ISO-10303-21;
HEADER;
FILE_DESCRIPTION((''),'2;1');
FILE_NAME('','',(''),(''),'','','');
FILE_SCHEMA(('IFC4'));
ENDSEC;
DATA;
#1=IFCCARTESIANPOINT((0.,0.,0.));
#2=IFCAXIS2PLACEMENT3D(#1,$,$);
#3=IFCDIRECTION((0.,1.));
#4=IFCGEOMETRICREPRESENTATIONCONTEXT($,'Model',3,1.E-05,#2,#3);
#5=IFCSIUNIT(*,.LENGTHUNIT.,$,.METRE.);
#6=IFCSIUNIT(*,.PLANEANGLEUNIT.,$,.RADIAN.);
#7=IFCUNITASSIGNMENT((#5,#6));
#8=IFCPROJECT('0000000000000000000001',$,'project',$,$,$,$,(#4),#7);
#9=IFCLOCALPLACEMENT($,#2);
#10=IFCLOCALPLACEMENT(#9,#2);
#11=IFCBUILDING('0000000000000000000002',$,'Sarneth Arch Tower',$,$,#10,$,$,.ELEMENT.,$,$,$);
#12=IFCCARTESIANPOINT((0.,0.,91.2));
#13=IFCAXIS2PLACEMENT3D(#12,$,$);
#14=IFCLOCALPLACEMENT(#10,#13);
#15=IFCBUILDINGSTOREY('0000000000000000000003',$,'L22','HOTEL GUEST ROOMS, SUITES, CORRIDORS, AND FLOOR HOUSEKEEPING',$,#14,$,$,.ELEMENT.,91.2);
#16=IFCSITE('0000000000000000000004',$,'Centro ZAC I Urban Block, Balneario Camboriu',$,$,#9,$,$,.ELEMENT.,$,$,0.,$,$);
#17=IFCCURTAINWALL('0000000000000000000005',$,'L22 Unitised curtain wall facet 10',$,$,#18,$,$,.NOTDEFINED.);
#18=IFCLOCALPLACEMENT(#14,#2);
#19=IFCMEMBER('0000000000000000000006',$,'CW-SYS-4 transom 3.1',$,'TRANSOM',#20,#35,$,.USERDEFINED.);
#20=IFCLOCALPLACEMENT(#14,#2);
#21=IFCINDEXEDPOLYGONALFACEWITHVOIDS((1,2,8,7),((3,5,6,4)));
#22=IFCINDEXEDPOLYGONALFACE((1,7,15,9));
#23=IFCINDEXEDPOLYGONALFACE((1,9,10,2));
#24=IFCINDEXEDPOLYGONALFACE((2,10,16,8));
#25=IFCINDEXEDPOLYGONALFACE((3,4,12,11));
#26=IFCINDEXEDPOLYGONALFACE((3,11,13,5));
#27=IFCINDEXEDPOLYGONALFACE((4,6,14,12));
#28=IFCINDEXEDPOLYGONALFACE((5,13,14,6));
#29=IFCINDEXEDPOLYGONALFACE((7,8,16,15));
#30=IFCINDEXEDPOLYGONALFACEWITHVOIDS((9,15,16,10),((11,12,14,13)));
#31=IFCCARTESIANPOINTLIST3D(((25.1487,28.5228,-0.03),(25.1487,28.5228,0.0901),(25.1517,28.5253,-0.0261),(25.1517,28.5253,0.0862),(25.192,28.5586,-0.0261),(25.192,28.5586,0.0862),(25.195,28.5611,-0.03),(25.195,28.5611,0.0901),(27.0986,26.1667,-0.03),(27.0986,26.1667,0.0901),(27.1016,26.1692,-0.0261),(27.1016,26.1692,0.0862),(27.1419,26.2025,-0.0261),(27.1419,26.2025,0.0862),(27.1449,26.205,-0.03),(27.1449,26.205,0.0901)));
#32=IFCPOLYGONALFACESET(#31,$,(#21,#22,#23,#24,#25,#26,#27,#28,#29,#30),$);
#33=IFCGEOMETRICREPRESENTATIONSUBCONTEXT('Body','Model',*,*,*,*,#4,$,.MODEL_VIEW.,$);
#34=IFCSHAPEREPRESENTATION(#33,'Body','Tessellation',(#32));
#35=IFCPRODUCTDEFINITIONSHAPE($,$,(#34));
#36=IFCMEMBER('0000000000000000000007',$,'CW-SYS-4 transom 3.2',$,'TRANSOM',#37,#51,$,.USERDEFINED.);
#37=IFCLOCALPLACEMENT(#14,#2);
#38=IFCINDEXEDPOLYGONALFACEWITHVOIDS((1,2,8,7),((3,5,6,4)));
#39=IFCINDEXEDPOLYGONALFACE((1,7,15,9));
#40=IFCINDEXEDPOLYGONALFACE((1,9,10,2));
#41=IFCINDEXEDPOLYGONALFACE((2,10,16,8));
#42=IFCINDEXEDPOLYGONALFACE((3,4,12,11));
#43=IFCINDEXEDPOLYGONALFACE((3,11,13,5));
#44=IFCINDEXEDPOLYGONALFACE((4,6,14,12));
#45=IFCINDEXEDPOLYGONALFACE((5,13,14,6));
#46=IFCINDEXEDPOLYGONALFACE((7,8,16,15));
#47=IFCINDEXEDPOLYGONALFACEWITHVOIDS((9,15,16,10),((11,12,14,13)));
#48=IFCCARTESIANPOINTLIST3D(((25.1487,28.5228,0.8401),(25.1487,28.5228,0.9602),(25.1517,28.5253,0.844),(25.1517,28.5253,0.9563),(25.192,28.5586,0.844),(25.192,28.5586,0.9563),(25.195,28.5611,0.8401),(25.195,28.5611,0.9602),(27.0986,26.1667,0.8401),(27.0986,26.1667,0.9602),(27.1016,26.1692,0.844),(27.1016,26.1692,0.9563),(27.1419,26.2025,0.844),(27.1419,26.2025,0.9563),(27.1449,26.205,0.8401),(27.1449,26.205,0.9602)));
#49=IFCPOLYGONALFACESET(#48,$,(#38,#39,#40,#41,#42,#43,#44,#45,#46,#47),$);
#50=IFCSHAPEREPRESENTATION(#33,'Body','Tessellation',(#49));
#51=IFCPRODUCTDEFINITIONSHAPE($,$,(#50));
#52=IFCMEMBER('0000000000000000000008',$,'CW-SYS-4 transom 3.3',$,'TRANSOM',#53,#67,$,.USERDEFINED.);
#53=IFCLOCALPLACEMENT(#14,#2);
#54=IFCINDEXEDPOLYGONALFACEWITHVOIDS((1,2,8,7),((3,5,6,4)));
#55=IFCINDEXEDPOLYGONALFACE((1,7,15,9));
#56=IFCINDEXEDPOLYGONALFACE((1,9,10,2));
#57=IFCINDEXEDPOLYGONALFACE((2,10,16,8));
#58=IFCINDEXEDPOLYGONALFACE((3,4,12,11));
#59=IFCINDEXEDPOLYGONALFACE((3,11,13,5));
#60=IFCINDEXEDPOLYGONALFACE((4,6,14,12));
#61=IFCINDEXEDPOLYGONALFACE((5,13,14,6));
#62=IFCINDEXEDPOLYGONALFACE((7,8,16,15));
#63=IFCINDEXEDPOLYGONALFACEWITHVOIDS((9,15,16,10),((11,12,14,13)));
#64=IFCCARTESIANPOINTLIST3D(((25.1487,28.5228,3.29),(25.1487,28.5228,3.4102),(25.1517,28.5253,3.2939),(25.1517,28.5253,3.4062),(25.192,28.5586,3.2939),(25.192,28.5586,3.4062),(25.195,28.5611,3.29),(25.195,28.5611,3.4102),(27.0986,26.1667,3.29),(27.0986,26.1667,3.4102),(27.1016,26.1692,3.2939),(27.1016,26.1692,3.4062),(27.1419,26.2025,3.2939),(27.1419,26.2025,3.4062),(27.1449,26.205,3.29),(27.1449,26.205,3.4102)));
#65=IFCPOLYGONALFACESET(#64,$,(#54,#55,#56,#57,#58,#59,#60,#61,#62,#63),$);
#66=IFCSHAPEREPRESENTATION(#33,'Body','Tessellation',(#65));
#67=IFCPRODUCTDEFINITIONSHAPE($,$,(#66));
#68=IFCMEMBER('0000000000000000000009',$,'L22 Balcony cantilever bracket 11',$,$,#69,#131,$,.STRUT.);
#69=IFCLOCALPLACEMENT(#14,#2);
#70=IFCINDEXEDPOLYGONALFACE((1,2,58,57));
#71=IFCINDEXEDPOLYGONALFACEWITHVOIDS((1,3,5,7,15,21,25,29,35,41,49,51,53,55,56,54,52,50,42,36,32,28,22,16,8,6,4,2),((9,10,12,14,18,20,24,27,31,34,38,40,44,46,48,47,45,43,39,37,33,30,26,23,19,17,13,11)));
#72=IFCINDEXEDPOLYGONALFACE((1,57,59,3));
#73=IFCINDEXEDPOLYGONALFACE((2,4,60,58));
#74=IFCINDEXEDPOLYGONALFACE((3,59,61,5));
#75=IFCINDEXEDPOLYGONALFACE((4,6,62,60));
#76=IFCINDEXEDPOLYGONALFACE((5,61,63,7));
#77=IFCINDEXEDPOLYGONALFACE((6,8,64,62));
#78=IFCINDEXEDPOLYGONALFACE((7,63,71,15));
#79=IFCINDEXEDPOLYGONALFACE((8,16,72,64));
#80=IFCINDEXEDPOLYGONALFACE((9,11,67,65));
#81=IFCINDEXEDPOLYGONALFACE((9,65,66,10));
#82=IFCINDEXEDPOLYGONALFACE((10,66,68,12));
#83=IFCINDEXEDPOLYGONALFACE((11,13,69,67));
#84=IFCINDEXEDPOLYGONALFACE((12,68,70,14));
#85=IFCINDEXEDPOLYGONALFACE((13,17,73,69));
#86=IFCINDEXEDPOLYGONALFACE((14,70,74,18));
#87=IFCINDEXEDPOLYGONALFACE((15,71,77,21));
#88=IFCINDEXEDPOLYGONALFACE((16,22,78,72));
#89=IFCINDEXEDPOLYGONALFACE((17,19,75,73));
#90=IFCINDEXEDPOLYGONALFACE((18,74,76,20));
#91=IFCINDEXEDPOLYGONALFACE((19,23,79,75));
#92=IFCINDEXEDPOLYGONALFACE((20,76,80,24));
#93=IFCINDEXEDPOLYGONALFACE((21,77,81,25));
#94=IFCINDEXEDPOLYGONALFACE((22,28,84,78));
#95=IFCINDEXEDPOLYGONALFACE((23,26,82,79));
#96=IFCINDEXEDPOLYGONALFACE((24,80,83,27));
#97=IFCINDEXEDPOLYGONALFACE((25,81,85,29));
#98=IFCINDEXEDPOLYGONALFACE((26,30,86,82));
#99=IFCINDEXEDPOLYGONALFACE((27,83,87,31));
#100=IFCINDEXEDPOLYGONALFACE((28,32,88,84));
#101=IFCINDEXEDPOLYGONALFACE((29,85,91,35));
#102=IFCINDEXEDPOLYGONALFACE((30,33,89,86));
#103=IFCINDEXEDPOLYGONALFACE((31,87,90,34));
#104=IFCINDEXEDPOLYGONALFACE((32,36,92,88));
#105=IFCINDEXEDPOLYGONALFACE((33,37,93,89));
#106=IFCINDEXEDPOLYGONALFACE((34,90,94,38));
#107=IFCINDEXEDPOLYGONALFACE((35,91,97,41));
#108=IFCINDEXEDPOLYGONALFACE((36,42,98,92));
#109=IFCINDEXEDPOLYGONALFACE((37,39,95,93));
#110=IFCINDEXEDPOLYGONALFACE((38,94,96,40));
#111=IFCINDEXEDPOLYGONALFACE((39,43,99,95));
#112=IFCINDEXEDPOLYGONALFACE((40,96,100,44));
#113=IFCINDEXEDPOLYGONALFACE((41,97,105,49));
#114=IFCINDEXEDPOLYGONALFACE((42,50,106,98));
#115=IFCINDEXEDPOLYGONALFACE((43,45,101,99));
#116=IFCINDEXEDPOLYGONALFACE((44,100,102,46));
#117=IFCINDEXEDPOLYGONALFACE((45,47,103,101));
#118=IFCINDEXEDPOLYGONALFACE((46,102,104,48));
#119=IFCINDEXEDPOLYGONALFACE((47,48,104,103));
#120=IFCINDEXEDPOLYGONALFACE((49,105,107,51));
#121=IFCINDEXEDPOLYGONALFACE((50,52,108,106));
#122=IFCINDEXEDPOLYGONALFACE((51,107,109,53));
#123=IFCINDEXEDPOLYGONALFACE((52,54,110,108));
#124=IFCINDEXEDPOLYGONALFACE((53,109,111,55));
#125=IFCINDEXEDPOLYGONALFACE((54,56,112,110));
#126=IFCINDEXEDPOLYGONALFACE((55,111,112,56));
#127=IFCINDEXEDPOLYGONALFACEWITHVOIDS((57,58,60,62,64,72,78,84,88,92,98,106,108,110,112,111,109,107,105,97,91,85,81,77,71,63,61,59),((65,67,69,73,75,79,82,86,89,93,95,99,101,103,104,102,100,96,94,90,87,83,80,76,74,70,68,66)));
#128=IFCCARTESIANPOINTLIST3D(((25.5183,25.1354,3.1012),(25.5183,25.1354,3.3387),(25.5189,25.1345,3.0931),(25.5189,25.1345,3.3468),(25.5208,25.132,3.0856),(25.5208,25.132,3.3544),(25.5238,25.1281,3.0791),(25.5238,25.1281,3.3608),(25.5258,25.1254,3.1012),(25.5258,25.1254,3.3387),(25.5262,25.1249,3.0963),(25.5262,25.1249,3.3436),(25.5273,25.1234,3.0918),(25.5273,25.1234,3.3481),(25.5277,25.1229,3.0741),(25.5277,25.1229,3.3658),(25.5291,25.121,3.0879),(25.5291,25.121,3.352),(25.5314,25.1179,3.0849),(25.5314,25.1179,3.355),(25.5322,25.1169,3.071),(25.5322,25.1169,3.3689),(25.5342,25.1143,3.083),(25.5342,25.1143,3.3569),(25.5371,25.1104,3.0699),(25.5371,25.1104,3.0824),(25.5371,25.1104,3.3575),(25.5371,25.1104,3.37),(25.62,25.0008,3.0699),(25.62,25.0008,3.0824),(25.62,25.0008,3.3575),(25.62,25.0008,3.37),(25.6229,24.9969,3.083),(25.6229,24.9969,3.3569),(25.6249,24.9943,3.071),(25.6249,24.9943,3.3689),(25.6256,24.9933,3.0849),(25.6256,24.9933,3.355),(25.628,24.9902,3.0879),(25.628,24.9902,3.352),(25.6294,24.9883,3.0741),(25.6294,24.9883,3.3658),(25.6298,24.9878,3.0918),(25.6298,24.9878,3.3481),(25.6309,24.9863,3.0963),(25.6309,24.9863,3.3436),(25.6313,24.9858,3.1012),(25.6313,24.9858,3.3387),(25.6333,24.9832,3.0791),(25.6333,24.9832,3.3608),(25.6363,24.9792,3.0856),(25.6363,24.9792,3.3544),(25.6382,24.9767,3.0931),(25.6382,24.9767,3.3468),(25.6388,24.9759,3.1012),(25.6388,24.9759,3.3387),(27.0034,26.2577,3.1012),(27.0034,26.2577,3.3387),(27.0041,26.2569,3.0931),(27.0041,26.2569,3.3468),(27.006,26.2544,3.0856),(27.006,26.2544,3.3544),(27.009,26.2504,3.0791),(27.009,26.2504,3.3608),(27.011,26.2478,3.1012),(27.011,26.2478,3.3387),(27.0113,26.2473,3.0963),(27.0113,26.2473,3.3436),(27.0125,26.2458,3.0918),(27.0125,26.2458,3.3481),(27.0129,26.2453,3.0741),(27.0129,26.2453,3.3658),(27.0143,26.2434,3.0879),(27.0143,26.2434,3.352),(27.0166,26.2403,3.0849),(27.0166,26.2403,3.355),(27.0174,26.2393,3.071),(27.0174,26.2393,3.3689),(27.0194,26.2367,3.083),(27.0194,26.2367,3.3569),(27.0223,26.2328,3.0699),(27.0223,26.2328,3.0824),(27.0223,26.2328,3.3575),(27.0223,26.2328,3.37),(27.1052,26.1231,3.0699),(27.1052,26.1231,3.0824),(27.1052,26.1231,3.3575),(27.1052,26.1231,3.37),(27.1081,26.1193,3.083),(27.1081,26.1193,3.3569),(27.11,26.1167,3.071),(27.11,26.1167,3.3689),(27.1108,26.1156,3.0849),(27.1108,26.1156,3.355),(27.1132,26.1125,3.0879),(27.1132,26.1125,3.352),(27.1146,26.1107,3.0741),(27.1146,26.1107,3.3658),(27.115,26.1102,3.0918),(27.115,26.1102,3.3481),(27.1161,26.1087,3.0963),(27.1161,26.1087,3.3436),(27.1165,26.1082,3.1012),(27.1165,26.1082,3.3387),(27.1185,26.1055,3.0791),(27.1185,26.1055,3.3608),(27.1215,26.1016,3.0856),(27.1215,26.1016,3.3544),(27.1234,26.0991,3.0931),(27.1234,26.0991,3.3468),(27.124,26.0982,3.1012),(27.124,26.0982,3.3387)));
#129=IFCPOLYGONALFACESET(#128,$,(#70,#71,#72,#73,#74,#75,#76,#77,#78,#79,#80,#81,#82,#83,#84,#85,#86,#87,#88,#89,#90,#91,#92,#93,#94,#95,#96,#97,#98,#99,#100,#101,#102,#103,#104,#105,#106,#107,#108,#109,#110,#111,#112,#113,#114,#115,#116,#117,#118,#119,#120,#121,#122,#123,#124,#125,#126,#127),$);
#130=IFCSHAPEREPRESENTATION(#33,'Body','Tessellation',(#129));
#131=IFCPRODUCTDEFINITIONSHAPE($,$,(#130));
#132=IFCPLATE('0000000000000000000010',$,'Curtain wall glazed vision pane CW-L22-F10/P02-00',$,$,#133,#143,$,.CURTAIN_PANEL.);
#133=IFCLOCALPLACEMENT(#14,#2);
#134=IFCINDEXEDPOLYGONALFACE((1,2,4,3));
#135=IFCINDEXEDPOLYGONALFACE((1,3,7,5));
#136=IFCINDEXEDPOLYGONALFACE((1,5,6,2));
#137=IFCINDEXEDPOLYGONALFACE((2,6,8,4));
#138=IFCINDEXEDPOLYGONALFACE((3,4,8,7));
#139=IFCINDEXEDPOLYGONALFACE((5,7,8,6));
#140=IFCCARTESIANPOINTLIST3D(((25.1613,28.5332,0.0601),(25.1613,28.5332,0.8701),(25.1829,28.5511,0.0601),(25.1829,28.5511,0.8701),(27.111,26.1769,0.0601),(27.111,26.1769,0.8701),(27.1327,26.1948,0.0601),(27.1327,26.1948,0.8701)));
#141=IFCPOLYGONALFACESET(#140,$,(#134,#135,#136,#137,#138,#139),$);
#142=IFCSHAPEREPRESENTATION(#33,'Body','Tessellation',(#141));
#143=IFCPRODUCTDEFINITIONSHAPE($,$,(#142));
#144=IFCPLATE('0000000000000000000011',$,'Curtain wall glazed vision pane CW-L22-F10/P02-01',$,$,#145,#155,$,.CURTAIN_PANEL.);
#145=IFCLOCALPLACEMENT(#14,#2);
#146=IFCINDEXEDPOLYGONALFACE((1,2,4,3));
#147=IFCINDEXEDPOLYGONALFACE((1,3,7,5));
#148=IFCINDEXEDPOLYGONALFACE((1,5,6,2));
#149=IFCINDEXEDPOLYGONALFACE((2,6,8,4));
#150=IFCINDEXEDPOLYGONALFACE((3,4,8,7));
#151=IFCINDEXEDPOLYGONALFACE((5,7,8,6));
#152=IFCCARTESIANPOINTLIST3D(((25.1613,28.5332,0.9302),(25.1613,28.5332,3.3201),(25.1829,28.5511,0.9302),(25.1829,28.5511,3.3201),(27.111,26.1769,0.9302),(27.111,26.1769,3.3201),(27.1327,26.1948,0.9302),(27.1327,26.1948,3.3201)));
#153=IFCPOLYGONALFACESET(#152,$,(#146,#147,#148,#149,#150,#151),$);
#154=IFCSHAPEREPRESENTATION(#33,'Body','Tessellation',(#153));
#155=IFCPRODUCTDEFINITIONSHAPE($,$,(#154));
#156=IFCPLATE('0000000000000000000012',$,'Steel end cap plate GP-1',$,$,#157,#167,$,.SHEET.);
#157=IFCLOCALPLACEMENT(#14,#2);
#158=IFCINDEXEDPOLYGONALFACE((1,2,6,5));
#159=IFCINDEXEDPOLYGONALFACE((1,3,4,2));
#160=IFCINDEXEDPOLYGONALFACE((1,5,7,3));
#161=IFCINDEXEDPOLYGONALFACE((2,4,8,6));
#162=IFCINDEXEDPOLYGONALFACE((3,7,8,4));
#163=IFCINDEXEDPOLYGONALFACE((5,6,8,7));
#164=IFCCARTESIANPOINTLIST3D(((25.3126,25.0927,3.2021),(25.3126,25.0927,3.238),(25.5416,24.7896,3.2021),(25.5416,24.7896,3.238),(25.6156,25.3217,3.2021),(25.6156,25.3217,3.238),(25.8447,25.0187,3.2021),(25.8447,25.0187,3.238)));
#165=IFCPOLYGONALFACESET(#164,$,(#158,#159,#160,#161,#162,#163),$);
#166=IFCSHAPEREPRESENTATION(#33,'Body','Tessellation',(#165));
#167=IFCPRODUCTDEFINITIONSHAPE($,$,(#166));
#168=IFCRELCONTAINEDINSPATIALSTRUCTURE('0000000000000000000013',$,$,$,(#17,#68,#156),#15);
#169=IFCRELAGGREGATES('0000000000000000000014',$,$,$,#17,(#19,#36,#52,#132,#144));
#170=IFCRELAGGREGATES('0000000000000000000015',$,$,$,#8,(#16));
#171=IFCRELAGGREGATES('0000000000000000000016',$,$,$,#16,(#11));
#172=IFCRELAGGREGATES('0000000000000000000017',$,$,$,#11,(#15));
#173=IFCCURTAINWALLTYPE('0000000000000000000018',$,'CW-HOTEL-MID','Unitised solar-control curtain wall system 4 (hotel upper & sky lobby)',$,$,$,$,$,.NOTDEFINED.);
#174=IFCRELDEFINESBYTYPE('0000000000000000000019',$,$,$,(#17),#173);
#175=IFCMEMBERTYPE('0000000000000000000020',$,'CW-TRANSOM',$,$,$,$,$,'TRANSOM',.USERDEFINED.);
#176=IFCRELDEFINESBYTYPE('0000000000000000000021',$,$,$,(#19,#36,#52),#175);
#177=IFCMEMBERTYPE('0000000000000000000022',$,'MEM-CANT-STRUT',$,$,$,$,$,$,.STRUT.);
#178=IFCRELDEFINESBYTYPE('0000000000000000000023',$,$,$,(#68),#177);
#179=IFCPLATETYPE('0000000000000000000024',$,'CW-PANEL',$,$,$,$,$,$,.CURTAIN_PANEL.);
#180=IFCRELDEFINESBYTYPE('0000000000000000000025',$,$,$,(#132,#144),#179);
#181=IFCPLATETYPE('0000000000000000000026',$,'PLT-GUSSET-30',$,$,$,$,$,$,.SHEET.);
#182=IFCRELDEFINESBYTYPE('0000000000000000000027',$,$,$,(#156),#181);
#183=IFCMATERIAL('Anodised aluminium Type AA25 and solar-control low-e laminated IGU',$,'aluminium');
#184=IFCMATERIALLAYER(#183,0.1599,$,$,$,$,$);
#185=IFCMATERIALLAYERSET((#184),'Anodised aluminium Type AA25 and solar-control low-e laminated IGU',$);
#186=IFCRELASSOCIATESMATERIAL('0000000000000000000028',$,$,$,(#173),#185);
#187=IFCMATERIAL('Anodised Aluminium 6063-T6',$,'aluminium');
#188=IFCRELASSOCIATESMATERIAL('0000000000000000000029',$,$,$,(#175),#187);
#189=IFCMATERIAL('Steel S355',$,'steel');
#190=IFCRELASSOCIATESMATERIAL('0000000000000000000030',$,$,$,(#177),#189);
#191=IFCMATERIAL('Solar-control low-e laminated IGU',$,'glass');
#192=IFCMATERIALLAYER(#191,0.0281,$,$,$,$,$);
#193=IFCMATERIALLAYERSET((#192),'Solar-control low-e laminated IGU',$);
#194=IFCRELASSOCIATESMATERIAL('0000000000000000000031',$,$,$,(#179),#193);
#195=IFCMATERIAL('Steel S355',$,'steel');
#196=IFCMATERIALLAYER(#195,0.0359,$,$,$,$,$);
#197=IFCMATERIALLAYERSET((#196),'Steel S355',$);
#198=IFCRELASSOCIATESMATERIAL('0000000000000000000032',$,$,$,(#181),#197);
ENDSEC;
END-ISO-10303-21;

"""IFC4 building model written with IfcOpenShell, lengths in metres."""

from ifc_helpers import new_model, si_unit, direction, frame, origin, origin_2d, place, context, subcontext, project, spatial, rectangle, hollow_rectangle, extrude, material, layer, layer_set, material_profile, profile_set, type_object, element, aggregate, save


model = new_model("IFC4")

# Units and contexts
model_context = context("Model", 3, precision=1e-05, world=origin(), true_north=direction((0.0, 1.0)))
body_context = subcontext(model_context, "Body", "Model", "MODEL_VIEW")
ifc_project = project(units=[si_unit("LENGTHUNIT", "METRE"), si_unit("PLANEANGLEUNIT", "RADIAN")], contexts=[model_context])

# Site, building, storey
site_placement = place(None, origin())
site = spatial("IfcSite", under=ifc_project, at=site_placement, Name="Centro ZAC I Urban Block, Balneario Camboriu", CompositionType="ELEMENT", RefElevation=0.0)
building_placement = place(site_placement, origin())
building = spatial("IfcBuilding", under=site, at=building_placement, Name="Sarneth Arch Tower", CompositionType="ELEMENT")
storey_placement = place(building_placement, frame((0.0, 0.0, 91.2)))
storey = spatial("IfcBuildingStorey", under=building, at=storey_placement, Name="L22", Description="HOTEL GUEST ROOMS, SUITES, CORRIDORS, AND FLOOR HOUSEKEEPING", CompositionType="ELEMENT", Elevation=91.2)

# Curtain wall, members
ifc_material_1 = material(Name="Anodised aluminium Type AA25 and solar-control low-e laminated IGU", Category="aluminium")
ifc_layer_1 = layer(ifc_material_1, 0.1599)
ifc_layer_set_1 = layer_set([ifc_layer_1], Name="Anodised aluminium Type AA25 and solar-control low-e laminated IGU")
curtain_wall_type = type_object("IfcCurtainWallType", Name="CW-HOTEL-MID", Description="Unitised solar-control curtain wall system 4 (hotel upper & sky lobby)", PredefinedType="NOTDEFINED", material=ifc_layer_set_1)
curtain_wall_placement = place(storey_placement, origin())
curtain_wall = element("IfcCurtainWall", 1, at=curtain_wall_placement, inside=storey, type_object=curtain_wall_type, Name="L22 Unitised curtain wall facet 10", PredefinedType="NOTDEFINED")
ifc_material_2 = material(Name="Anodised Aluminium 6063-T6", Category="aluminium")
ifc_material_profile_1 = material_profile(ifc_material_2, hollow_rectangle(XDim=0.0601, YDim=0.1201, WallThickness=0.0039, at=origin_2d()), Name="AL-TRAN-120x60x4")
ifc_profile_set_1 = profile_set([ifc_material_profile_1], Name="Anodised Aluminium 6063-T6")
member_type_1 = type_object("IfcMemberType", Name="CW-TRANSOM", ElementType="TRANSOM", PredefinedType="USERDEFINED", material=ifc_profile_set_1)
member_1_placement = place(storey_placement, frame((25.1719, 28.542, 0.03), z_axis=(0.637566, -0.770396, 0.0), x_axis=(0.770396, 0.637566, 0.0)))
member_1 = element("IfcMember", 2, at=member_1_placement, type_object=member_type_1, Name="CW-SYS-4 transom 3.1", ObjectType="TRANSOM", PredefinedType="USERDEFINED", context=body_context, shape_type="SweptSolid", body=[
    extrude(hollow_rectangle(XDim=0.0601, YDim=0.1201, WallThickness=0.0039, at=origin_2d()), origin(), (0.0, 0.0, 1.0), 3.0583),
])
member_2_placement = place(storey_placement, frame((25.1719, 28.542, 0.9001), z_axis=(0.637566, -0.770396, 0.0), x_axis=(0.770396, 0.637566, 0.0)))
member_2 = element("IfcMember", 3, at=member_2_placement, type_object=member_type_1, Name="CW-SYS-4 transom 3.2", ObjectType="TRANSOM", PredefinedType="USERDEFINED", context=body_context, shape_type="SweptSolid", body=[
    extrude(hollow_rectangle(XDim=0.0601, YDim=0.1201, WallThickness=0.0039, at=origin_2d()), origin(), (0.0, 0.0, 1.0), 3.0583),
])
member_3_placement = place(storey_placement, frame((25.1719, 28.542, 3.3501), z_axis=(0.637566, -0.770396, 0.0), x_axis=(0.770396, 0.637566, 0.0)))
member_3 = element("IfcMember", 4, at=member_3_placement, type_object=member_type_1, Name="CW-SYS-4 transom 3.3", ObjectType="TRANSOM", PredefinedType="USERDEFINED", context=body_context, shape_type="SweptSolid", body=[
    extrude(hollow_rectangle(XDim=0.0601, YDim=0.1201, WallThickness=0.0039, at=origin_2d()), origin(), (0.0, 0.0, 1.0), 3.0583),
])

# Member
ifc_material_3 = material(Name="Steel S355", Category="steel")
ifc_material_profile_2 = material_profile(ifc_material_3, hollow_rectangle(XDim=0.2, YDim=0.3, WallThickness=0.0125, InnerFilletRadius=0.0188, OuterFilletRadius=0.0312, at=origin_2d()), Name="RHS300x200x12.5")
ifc_profile_set_2 = profile_set([ifc_material_profile_2], Name="Steel S355")
member_type_2 = type_object("IfcMemberType", Name="MEM-CANT-STRUT", PredefinedType="STRUT", material=ifc_profile_set_2)
member_4_placement = place(storey_placement, frame((27.0637, 26.178, 3.22), z_axis=(-0.797807, -0.602913, 0.0), x_axis=(0.602913, -0.797807, 0.0)))
element("IfcMember", 5, at=member_4_placement, inside=storey, type_object=member_type_2, Name="L22 Balcony cantilever bracket 11", PredefinedType="STRUT", context=body_context, shape_type="SweptSolid", body=[
    extrude(hollow_rectangle(XDim=0.2, YDim=0.3, WallThickness=0.0125, InnerFilletRadius=0.0188, OuterFilletRadius=0.0312, at=origin_2d()), origin(), (0.0, 0.0, 1.0), 1.8616),
])

# Plates
ifc_material_4 = material(Name="Solar-control low-e laminated IGU", Category="glass")
ifc_layer_2 = layer(ifc_material_4, 0.0281)
ifc_layer_set_2 = layer_set([ifc_layer_2], Name="Solar-control low-e laminated IGU")
plate_type_1 = type_object("IfcPlateType", Name="CW-PANEL", PredefinedType="CURTAIN_PANEL", material=ifc_layer_set_2)
plate_1_placement = place(storey_placement, frame((26.147, 27.364, 0.0601), z_axis=(0.0, 0.0, 1.0), x_axis=(0.637515, -0.770438, 0.0)))
plate_1 = element("IfcPlate", 6, at=plate_1_placement, type_object=plate_type_1, Name="Curtain wall glazed vision pane CW-L22-F10/P02-00", PredefinedType="CURTAIN_PANEL", context=body_context, shape_type="SweptSolid", body=[
    extrude(rectangle(XDim=3.0583, YDim=0.0281, at=origin_2d()), origin(), (0.0, 0.0, 1.0), 0.8101),
])
plate_2_placement = place(storey_placement, frame((26.147, 27.364, 0.9302), z_axis=(0.0, 0.0, 1.0), x_axis=(0.637515, -0.770438, 0.0)))
plate_2 = element("IfcPlate", 7, at=plate_2_placement, type_object=plate_type_1, Name="Curtain wall glazed vision pane CW-L22-F10/P02-01", PredefinedType="CURTAIN_PANEL", context=body_context, shape_type="SweptSolid", body=[
    extrude(rectangle(XDim=3.0583, YDim=0.0281, at=origin_2d()), origin(), (0.0, 0.0, 1.0), 2.3899),
])
aggregate(curtain_wall, [member_1, member_2, member_3, plate_1, plate_2])
ifc_material_5 = material(Name="Steel S355", Category="steel")
ifc_layer_3 = layer(ifc_material_5, 0.0359)
ifc_layer_set_3 = layer_set([ifc_layer_3], Name="Steel S355")
plate_type_2 = type_object("IfcPlateType", Name="PLT-GUSSET-30", PredefinedType="SHEET", material=ifc_layer_set_3)
plate_3_placement = place(storey_placement, frame((25.5786, 25.0557, 3.2021), z_axis=(0.0, 0.0, 1.0), x_axis=(-0.797794, -0.60293, 0.0)))
element("IfcPlate", 8, at=plate_3_placement, inside=storey, type_object=plate_type_2, Name="Steel end cap plate GP-1", PredefinedType="SHEET", context=body_context, shape_type="SweptSolid", body=[
    extrude(rectangle(XDim=0.3799, YDim=0.3799, at=origin_2d()), origin(), (0.0, 0.0, 1.0), 0.0359),
])

save(model, "model.ifc")
